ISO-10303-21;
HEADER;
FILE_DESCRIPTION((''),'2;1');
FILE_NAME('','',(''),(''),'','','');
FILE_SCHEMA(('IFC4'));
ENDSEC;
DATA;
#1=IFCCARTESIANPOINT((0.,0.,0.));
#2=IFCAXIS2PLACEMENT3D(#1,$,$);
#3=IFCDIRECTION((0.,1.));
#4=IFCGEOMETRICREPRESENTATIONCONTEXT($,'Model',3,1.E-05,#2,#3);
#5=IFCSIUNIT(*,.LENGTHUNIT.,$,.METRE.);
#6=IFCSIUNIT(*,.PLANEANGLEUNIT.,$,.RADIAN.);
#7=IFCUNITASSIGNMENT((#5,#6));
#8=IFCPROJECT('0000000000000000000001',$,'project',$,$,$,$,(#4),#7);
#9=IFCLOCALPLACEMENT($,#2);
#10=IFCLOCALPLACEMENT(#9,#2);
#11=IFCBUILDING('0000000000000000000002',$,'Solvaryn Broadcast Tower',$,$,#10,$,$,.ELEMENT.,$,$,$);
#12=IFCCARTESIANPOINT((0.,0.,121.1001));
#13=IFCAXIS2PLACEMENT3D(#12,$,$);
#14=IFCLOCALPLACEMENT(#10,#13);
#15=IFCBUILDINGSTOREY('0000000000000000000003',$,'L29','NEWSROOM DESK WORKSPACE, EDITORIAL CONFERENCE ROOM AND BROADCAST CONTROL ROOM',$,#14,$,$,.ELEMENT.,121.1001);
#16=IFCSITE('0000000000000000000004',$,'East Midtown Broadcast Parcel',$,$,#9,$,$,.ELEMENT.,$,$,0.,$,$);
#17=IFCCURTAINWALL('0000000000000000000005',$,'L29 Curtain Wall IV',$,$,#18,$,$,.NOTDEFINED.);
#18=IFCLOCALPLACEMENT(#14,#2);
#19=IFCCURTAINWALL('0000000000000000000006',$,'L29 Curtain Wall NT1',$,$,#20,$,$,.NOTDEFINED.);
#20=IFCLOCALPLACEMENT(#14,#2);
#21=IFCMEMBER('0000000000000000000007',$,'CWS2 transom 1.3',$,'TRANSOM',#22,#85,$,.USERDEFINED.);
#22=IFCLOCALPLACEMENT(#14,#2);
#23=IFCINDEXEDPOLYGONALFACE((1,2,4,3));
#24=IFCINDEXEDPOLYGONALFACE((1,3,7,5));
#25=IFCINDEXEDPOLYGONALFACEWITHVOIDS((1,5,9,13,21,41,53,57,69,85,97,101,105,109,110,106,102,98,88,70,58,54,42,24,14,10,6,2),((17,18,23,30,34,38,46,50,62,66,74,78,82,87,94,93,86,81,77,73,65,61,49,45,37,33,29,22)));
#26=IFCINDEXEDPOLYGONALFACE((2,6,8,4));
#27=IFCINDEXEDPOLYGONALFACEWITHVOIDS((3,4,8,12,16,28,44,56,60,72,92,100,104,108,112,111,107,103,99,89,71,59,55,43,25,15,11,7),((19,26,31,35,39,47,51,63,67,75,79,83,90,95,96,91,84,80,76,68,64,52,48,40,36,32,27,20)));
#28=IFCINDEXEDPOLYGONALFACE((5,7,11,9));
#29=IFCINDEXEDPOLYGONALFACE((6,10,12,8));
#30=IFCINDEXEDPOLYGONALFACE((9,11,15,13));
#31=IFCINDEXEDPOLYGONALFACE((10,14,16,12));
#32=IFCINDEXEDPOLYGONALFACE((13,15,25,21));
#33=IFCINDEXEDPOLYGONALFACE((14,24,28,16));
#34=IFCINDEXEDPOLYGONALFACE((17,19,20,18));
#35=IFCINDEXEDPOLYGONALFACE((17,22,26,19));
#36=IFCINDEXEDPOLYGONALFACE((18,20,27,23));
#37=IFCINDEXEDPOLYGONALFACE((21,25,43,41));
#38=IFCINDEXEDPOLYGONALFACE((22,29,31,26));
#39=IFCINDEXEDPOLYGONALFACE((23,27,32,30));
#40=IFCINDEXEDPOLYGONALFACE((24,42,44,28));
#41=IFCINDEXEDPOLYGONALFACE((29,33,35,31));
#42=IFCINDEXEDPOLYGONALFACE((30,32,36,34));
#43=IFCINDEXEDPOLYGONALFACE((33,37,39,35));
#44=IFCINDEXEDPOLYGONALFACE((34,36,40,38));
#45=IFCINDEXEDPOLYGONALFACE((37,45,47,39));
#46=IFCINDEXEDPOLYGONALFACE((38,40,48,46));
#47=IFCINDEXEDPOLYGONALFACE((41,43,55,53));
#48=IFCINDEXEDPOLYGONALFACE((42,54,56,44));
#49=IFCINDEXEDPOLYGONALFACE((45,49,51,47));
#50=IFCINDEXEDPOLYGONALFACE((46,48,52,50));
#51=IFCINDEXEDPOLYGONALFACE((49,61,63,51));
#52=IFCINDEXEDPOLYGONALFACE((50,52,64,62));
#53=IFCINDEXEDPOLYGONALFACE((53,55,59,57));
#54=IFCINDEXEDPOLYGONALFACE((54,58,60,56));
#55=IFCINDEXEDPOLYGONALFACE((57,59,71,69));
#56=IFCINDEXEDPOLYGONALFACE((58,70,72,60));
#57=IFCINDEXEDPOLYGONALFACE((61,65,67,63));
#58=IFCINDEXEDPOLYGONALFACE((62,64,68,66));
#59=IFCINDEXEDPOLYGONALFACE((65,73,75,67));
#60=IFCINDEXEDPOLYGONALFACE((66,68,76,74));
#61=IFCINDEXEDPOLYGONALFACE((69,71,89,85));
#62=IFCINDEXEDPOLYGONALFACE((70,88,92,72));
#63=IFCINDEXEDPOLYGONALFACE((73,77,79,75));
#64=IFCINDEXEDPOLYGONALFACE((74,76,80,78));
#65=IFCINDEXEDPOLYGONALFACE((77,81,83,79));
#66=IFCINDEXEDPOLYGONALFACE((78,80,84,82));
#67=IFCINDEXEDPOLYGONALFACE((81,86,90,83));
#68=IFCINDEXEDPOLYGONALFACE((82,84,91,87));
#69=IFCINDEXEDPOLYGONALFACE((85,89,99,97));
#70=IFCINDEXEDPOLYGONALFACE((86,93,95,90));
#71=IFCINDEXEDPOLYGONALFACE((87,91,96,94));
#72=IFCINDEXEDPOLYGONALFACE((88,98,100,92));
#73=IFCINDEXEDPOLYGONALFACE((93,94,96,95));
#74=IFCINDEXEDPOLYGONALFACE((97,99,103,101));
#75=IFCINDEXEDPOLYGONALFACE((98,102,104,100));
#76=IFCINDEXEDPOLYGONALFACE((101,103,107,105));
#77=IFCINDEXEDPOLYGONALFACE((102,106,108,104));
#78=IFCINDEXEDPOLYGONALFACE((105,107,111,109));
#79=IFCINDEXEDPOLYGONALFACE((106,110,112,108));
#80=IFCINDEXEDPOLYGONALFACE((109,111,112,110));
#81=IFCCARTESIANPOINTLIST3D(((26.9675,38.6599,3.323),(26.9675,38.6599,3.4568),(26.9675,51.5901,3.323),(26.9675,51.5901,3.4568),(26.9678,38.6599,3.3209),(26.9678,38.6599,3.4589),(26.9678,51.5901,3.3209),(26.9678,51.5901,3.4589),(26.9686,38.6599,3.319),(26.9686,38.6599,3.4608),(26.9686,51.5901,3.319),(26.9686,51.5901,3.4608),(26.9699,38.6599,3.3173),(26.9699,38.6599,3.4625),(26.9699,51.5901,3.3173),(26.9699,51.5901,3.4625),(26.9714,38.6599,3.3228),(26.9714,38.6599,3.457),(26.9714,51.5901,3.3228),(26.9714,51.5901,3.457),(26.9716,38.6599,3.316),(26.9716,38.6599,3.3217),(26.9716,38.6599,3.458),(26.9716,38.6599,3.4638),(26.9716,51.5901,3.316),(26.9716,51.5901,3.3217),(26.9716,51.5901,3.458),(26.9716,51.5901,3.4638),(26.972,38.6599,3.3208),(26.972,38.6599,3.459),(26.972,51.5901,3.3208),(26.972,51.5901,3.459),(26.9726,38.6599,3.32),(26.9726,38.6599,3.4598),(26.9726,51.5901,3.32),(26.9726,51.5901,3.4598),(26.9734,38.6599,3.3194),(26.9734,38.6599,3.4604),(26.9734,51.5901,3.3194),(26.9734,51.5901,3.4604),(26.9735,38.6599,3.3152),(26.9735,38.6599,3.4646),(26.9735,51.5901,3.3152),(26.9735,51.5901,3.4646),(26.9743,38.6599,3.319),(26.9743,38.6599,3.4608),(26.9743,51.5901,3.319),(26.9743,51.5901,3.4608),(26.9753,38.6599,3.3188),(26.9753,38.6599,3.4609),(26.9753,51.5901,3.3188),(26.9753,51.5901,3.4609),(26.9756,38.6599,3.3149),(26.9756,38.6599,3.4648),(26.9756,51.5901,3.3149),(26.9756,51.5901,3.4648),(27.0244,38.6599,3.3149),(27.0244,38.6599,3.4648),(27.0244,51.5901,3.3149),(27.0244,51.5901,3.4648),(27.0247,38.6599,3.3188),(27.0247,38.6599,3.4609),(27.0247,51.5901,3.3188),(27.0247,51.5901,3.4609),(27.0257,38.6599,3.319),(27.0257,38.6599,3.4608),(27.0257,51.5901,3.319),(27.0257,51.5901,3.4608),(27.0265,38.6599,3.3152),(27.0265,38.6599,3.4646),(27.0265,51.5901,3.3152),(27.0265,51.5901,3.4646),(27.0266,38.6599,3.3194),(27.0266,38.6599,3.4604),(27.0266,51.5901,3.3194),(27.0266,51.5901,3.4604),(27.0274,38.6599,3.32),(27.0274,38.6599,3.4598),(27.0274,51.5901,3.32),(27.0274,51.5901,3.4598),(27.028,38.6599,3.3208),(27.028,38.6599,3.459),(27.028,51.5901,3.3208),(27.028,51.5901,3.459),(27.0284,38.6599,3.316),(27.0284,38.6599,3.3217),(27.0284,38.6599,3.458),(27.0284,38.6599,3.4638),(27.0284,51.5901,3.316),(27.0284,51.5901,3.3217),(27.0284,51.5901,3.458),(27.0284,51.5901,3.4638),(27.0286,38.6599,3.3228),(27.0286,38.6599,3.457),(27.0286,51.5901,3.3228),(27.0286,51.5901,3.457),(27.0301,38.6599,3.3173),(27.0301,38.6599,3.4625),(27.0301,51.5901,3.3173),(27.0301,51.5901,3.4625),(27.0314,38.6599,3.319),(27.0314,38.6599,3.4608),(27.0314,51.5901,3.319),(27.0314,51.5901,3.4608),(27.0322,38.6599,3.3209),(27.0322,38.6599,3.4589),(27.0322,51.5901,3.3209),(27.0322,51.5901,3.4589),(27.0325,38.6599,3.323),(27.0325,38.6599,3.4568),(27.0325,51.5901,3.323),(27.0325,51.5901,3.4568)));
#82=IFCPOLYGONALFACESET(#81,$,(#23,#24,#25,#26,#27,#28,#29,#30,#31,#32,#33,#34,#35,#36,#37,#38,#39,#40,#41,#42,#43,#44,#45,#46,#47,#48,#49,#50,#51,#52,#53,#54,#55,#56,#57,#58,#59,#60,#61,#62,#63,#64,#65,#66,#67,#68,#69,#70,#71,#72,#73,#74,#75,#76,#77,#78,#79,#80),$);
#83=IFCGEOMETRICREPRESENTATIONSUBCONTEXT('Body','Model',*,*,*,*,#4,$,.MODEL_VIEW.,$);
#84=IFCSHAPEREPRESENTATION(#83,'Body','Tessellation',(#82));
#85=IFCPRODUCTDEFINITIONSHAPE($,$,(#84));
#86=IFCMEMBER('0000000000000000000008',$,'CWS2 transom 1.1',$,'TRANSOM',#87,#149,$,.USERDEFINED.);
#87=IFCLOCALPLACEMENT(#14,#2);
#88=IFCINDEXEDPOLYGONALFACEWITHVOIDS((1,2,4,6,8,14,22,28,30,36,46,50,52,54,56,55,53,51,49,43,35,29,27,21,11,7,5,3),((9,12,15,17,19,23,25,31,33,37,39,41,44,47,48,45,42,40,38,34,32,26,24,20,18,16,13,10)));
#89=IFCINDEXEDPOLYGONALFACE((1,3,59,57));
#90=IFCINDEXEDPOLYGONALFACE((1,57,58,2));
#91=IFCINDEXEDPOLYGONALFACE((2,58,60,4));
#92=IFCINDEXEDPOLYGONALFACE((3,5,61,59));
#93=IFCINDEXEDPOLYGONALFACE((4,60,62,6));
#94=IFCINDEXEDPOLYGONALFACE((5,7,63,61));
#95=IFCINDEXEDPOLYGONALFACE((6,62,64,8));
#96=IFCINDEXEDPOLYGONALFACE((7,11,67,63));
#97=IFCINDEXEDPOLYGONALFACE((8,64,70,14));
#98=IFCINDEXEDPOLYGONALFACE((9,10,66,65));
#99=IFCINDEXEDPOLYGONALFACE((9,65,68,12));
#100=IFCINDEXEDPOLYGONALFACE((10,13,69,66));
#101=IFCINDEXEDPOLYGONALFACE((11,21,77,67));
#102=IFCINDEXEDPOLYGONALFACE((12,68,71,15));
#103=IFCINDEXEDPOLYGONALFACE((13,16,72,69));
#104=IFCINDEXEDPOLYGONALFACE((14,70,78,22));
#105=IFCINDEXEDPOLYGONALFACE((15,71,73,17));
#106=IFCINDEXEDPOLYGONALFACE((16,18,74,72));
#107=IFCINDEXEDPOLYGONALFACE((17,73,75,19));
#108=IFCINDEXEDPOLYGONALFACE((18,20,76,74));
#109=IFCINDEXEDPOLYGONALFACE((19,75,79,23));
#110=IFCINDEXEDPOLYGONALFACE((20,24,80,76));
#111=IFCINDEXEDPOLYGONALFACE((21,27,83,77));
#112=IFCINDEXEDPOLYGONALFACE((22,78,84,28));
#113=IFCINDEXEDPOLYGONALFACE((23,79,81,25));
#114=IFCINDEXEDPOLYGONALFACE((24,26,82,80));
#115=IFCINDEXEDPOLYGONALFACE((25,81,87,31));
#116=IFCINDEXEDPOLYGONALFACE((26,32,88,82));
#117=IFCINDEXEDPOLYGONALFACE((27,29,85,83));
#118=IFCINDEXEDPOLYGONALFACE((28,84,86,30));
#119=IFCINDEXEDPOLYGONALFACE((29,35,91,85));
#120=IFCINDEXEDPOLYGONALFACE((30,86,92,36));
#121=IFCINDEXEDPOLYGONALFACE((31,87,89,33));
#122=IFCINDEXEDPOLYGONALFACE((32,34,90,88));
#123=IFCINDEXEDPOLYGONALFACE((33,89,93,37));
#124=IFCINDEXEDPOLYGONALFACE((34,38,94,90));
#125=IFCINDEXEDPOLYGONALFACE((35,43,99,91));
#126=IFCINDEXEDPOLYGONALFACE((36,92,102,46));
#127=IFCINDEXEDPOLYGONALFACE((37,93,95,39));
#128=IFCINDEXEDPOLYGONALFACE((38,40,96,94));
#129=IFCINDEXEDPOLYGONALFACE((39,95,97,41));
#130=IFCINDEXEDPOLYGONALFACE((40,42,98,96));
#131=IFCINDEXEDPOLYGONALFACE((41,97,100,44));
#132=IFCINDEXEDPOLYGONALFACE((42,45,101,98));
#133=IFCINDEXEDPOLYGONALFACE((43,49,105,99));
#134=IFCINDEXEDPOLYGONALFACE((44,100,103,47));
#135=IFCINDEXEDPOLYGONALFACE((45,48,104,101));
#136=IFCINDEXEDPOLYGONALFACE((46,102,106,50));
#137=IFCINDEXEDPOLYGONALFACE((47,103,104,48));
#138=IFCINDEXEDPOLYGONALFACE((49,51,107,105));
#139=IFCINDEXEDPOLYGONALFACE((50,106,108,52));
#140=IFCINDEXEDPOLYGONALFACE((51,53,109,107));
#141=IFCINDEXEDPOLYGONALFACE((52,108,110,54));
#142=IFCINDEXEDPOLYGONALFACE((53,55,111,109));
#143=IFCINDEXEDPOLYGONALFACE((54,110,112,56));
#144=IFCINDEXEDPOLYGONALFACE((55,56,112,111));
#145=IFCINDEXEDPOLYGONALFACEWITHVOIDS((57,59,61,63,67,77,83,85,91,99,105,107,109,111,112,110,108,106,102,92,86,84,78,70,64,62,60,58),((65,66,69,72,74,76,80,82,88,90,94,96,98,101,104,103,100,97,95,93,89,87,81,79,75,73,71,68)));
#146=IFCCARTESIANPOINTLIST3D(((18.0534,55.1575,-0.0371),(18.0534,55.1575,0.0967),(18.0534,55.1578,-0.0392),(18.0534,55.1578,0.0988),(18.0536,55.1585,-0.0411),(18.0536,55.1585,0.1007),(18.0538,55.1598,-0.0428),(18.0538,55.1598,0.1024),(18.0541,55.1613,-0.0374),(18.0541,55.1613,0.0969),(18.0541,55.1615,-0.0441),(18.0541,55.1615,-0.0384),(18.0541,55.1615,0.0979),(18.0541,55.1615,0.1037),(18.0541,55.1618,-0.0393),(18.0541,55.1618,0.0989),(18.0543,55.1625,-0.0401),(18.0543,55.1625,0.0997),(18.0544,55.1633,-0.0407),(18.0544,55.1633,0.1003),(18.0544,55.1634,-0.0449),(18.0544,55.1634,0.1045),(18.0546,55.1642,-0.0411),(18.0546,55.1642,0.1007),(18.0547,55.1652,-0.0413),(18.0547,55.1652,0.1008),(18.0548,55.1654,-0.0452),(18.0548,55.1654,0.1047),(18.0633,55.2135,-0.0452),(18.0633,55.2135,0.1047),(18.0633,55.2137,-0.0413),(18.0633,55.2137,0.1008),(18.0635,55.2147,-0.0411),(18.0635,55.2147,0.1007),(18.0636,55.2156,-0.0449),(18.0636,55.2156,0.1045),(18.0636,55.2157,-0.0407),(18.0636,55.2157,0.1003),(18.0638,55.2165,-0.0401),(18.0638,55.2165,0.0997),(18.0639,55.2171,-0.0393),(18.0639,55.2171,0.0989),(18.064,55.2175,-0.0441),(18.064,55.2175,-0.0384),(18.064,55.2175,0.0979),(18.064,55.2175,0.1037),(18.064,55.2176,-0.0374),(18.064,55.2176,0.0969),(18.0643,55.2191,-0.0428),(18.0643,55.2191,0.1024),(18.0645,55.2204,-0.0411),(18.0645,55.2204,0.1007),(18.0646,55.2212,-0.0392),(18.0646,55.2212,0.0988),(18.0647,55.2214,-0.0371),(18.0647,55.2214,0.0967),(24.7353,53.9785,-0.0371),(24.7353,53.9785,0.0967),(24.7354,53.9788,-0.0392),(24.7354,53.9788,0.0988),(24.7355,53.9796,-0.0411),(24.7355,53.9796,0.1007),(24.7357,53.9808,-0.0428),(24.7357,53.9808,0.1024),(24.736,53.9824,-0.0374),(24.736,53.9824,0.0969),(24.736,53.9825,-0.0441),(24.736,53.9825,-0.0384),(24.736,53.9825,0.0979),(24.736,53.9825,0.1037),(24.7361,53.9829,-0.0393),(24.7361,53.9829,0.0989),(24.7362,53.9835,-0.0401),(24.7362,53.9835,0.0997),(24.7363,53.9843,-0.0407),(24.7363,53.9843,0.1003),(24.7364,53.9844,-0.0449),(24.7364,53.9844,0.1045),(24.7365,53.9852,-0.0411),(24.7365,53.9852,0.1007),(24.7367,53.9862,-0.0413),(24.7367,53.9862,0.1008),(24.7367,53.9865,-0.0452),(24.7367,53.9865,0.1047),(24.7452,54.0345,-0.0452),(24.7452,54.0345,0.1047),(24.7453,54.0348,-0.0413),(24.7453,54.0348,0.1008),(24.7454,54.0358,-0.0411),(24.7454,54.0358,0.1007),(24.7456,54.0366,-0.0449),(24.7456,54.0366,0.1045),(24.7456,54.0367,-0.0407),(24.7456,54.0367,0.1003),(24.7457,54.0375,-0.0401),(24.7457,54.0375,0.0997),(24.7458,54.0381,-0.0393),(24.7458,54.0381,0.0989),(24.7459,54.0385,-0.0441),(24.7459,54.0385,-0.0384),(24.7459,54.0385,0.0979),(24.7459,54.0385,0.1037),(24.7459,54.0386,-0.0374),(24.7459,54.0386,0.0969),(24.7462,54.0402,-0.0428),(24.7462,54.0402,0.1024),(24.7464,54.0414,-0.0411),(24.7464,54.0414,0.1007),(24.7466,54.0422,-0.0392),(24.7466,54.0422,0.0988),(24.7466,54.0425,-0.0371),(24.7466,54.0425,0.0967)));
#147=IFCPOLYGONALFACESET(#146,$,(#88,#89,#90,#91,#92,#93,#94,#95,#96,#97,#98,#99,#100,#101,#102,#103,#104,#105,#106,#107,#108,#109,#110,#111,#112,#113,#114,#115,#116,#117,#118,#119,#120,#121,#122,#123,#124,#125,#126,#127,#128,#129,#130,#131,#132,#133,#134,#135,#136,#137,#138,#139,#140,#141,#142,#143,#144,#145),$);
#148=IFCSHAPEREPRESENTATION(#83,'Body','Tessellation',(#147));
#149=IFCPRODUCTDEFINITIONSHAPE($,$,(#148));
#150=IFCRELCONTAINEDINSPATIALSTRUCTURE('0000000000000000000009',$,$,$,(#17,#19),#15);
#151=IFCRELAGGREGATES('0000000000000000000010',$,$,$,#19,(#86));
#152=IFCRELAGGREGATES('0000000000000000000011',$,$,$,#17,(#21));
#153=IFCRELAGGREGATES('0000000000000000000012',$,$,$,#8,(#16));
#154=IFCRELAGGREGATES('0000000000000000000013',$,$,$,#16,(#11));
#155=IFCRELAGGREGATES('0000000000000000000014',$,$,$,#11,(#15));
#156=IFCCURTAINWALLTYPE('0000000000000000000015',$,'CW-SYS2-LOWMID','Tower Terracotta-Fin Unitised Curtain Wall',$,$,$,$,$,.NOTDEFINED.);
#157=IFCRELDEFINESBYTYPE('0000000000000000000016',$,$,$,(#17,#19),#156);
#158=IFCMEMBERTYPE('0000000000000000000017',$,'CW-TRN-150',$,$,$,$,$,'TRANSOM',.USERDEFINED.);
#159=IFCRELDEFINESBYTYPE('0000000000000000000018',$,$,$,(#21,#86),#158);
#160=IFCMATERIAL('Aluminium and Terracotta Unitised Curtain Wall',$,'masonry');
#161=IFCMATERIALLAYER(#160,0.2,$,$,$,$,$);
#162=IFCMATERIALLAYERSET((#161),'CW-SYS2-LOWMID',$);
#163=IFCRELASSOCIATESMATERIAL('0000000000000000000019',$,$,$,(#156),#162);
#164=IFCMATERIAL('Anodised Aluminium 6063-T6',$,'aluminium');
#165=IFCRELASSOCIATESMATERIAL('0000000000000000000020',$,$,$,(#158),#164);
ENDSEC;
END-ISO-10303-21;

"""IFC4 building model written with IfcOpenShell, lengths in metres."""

from ifc_helpers import new_model, si_unit, direction, frame, origin, origin_2d, place, context, subcontext, project, spatial, hollow_rectangle, extrude, material, layer, layer_set, material_profile, profile_set, type_object, element, aggregate, save


model = new_model("IFC4")

# Units and contexts
model_context = context("Model", 3, precision=1e-05, world=origin(), true_north=direction((0.0, 1.0)))
body_context = subcontext(model_context, "Body", "Model", "MODEL_VIEW")
ifc_project = project(units=[si_unit("LENGTHUNIT", "METRE"), si_unit("PLANEANGLEUNIT", "RADIAN")], contexts=[model_context])

# Site, building, storey
site_placement = place(None, origin())
site = spatial("IfcSite", under=ifc_project, at=site_placement, Name="East Midtown Broadcast Parcel", CompositionType="ELEMENT", RefElevation=0.0)
building_placement = place(site_placement, origin())
building = spatial("IfcBuilding", under=site, at=building_placement, Name="Solvaryn Broadcast Tower", CompositionType="ELEMENT")
storey_placement = place(building_placement, frame((0.0, 0.0, 121.1001)))
storey = spatial("IfcBuildingStorey", under=building, at=storey_placement, Name="L29", Description="NEWSROOM DESK WORKSPACE, EDITORIAL CONFERENCE ROOM AND BROADCAST CONTROL ROOM", CompositionType="ELEMENT", Elevation=121.1001)

# Curtain wall
ifc_material_1 = material(Name="Aluminium and Terracotta Unitised Curtain Wall", Category="masonry")
ifc_layer_1 = layer(ifc_material_1, 0.2)
ifc_layer_set_1 = layer_set([ifc_layer_1], Name="CW-SYS2-LOWMID")
curtain_wall_type = type_object("IfcCurtainWallType", Name="CW-SYS2-LOWMID", Description="Tower Terracotta-Fin Unitised Curtain Wall", PredefinedType="NOTDEFINED", material=ifc_layer_set_1)
curtain_wall_1_placement = place(storey_placement, origin())
curtain_wall_1 = element("IfcCurtainWall", 1, at=curtain_wall_1_placement, inside=storey, type_object=curtain_wall_type, Name="L29 Curtain Wall IV", PredefinedType="NOTDEFINED")

# Curtain wall
curtain_wall_2_placement = place(storey_placement, origin())
curtain_wall_2 = element("IfcCurtainWall", 2, at=curtain_wall_2_placement, inside=storey, type_object=curtain_wall_type, Name="L29 Curtain Wall NT1", PredefinedType="NOTDEFINED")

# Members
ifc_material_2 = material(Name="Anodised Aluminium 6063-T6", Category="aluminium")
ifc_material_profile_1 = material_profile(ifc_material_2, hollow_rectangle(XDim=0.0649, YDim=0.1499, WallThickness=0.0039, InnerFilletRadius=0.0039, OuterFilletRadius=0.0081, at=origin_2d()))
ifc_profile_set_1 = profile_set([ifc_material_profile_1], Name="Anodised Aluminium 6063-T6")
member_type_1 = type_object("IfcMemberType", Name="CW-TRN-150", ElementType="TRANSOM", PredefinedType="USERDEFINED", material=ifc_profile_set_1)
member_1_placement = place(storey_placement, frame((27.0, 51.5901, 3.3899), z_axis=(0.0, -1.0, 0.0), x_axis=(1.0, 0.0, 0.0)))
member_1 = element("IfcMember", 3, at=member_1_placement, type_object=member_type_1, Name="CWS2 transom 1.3", ObjectType="TRANSOM", PredefinedType="USERDEFINED", context=body_context, shape_type="SweptSolid", body=[
    extrude(hollow_rectangle(XDim=0.0649, YDim=0.1499, WallThickness=0.0039, InnerFilletRadius=0.0039, OuterFilletRadius=0.0081, at=origin_2d()), origin(), (0.0, 0.0, 1.0), 12.9302),
])
member_2_placement = place(storey_placement, frame((24.741, 54.0105, 0.0298), z_axis=(-0.984789, 0.173757, 0.0), x_axis=(-0.173757, -0.984789, 0.0)))
member_2 = element("IfcMember", 4, at=member_2_placement, type_object=member_type_1, Name="CWS2 transom 1.1", ObjectType="TRANSOM", PredefinedType="USERDEFINED", context=body_context, shape_type="SweptSolid", body=[
    extrude(hollow_rectangle(XDim=0.0649, YDim=0.1499, WallThickness=0.0039, InnerFilletRadius=0.0039, OuterFilletRadius=0.0081, at=origin_2d()), origin(), (0.0, 0.0, 1.0), 6.7852),
])
aggregate(curtain_wall_2, [member_2])

aggregate(curtain_wall_1, [member_1])

save(model, "model.ifc")
